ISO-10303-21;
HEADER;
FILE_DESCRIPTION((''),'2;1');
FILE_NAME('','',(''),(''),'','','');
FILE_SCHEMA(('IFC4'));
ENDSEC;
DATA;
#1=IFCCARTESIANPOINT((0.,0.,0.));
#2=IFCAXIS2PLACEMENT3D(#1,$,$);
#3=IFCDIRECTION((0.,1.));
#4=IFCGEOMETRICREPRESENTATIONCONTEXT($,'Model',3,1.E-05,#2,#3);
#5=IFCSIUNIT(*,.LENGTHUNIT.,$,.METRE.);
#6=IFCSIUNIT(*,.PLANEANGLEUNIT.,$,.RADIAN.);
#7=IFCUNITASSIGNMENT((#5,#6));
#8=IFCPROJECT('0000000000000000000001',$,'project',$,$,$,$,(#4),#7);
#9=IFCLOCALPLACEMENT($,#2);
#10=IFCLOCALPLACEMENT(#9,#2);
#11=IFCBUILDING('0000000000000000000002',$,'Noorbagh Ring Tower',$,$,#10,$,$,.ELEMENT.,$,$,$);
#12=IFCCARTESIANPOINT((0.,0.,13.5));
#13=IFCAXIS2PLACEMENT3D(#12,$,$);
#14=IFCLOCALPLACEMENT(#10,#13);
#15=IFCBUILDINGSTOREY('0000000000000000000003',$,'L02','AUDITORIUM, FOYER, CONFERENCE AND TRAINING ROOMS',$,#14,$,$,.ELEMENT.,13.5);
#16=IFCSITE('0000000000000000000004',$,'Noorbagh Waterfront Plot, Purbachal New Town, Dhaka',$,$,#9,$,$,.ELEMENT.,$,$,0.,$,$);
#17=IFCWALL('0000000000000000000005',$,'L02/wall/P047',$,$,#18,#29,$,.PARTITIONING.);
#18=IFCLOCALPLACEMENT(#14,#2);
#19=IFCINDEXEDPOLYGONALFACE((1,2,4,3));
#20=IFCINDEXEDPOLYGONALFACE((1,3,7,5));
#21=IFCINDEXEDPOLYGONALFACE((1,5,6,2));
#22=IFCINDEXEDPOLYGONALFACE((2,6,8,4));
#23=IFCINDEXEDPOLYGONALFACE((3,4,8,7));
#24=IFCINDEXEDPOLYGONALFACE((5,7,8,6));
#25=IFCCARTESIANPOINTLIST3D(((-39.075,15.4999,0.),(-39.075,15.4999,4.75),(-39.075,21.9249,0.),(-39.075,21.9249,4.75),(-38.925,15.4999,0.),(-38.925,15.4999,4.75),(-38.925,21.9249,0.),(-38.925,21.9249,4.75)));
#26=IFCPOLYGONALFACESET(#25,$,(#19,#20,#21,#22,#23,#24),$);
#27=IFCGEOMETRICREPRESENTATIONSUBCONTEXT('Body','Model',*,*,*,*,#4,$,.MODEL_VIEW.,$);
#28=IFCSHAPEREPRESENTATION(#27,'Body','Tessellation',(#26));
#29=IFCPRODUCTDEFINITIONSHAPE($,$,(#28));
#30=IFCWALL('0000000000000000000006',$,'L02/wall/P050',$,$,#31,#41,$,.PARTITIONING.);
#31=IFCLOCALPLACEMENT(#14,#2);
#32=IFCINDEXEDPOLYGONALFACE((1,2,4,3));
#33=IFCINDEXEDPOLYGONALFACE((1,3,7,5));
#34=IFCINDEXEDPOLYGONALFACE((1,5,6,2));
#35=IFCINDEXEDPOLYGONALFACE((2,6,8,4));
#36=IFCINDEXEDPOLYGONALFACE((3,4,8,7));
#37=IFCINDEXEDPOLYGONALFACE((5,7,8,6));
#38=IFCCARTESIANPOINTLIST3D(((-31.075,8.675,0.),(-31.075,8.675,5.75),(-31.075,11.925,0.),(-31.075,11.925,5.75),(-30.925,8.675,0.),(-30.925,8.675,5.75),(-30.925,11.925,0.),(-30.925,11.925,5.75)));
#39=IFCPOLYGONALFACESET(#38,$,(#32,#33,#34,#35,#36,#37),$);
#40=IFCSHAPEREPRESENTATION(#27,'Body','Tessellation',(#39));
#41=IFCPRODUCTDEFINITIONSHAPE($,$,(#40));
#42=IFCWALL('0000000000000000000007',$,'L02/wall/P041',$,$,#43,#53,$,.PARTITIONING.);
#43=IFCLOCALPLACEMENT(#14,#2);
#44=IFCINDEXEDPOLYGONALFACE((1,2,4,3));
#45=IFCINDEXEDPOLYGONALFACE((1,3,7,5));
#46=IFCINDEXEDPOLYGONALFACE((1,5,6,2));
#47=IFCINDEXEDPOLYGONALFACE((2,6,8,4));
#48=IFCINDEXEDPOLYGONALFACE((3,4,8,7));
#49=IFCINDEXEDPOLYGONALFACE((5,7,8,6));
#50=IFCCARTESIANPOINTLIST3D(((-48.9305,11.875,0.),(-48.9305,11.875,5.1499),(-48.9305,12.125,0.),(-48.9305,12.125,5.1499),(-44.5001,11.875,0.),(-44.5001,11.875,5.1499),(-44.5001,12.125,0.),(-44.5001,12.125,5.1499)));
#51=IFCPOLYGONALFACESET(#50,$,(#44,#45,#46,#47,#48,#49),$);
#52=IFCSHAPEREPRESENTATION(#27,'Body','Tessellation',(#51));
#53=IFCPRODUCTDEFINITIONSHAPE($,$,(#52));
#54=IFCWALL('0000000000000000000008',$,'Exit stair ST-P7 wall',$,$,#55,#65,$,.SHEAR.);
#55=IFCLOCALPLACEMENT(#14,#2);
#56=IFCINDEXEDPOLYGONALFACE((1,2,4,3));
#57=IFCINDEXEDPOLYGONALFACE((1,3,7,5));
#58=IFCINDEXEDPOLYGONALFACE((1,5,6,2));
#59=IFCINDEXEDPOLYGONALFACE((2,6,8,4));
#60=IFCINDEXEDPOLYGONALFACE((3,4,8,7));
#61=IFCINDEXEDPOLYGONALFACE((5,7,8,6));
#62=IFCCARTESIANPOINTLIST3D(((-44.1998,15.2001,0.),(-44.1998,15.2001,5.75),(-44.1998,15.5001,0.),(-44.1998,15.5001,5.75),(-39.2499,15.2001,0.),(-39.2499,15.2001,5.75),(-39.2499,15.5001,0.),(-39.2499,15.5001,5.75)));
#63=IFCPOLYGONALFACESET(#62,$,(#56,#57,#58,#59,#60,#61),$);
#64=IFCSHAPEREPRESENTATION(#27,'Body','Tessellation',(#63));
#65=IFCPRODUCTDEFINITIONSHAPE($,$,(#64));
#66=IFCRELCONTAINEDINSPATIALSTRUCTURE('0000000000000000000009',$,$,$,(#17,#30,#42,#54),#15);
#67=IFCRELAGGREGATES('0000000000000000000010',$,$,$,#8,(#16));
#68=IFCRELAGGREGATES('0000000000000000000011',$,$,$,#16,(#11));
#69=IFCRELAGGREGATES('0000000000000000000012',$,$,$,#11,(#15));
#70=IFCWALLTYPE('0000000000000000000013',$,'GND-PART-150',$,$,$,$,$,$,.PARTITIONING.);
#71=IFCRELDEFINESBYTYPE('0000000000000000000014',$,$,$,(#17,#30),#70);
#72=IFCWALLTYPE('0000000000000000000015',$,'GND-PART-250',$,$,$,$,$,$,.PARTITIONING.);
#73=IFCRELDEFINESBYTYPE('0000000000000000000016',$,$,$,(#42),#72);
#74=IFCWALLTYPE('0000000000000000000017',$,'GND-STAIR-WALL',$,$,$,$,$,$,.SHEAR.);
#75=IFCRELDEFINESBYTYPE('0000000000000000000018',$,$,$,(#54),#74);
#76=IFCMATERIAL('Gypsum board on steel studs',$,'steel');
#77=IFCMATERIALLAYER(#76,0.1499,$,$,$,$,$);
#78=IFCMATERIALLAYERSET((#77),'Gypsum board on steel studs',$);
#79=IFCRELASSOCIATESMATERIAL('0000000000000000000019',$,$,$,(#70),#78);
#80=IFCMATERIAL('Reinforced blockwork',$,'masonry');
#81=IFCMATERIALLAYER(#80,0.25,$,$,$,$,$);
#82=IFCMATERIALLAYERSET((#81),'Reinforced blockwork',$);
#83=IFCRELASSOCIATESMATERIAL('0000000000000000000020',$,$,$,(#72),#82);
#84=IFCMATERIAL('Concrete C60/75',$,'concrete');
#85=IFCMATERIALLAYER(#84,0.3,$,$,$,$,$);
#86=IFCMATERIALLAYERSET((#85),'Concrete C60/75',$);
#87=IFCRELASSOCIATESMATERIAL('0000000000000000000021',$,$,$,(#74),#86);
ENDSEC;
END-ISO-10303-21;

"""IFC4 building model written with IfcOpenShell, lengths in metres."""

from ifc_helpers import new_model, si_unit, direction, frame, frame_2d, origin, place, context, subcontext, project, spatial, rectangle, extrude, material, layer, layer_set, type_object, element, save


model = new_model("IFC4")

# Units and contexts
model_context = context("Model", 3, precision=1e-05, world=origin(), true_north=direction((0.0, 1.0)))
body_context = subcontext(model_context, "Body", "Model", "MODEL_VIEW")
ifc_project = project(units=[si_unit("LENGTHUNIT", "METRE"), si_unit("PLANEANGLEUNIT", "RADIAN")], contexts=[model_context])

# Site, building, storey
site_placement = place(None, origin())
site = spatial("IfcSite", under=ifc_project, at=site_placement, Name="Noorbagh Waterfront Plot, Purbachal New Town, Dhaka", CompositionType="ELEMENT", RefElevation=0.0)
building_placement = place(site_placement, origin())
building = spatial("IfcBuilding", under=site, at=building_placement, Name="Noorbagh Ring Tower", CompositionType="ELEMENT")
storey_placement = place(building_placement, frame((0.0, 0.0, 13.5)))
storey = spatial("IfcBuildingStorey", under=building, at=storey_placement, Name="L02", Description="AUDITORIUM, FOYER, CONFERENCE AND TRAINING ROOMS", CompositionType="ELEMENT", Elevation=13.5)

# Walls
ifc_material_1 = material(Name="Gypsum board on steel studs", Category="steel")
ifc_layer_1 = layer(ifc_material_1, 0.1499)
ifc_layer_set_1 = layer_set([ifc_layer_1], Name="Gypsum board on steel studs")
wall_type_1 = type_object("IfcWallType", Name="GND-PART-150", PredefinedType="PARTITIONING", material=ifc_layer_set_1)
wall_1_placement = place(storey_placement, frame((-39.0, 15.5, 0.0), z_axis=(0.0, 0.0, 1.0), x_axis=(0.0, 1.0, 0.0)))
element("IfcWall", 1, at=wall_1_placement, inside=storey, type_object=wall_type_1, Name="L02/wall/P047", PredefinedType="PARTITIONING", context=body_context, shape_type="SweptSolid", body=[
    extrude(rectangle(XDim=6.425, YDim=0.1499, at=frame_2d((3.2124, 0.0))), origin(), (0.0, 0.0, 1.0), 4.75),
])
wall_2_placement = place(storey_placement, frame((-31.0, 11.925, 0.0), z_axis=(0.0, 0.0, 1.0), x_axis=(0.0, -1.0, 0.0)))
element("IfcWall", 2, at=wall_2_placement, inside=storey, type_object=wall_type_1, Name="L02/wall/P050", PredefinedType="PARTITIONING", context=body_context, shape_type="SweptSolid", body=[
    extrude(rectangle(XDim=3.25, YDim=0.1499, at=frame_2d((1.625, 0.0))), origin(), (0.0, 0.0, 1.0), 5.75),
])
ifc_material_2 = material(Name="Reinforced blockwork", Category="masonry")
ifc_layer_2 = layer(ifc_material_2, 0.25)
ifc_layer_set_2 = layer_set([ifc_layer_2], Name="Reinforced blockwork")
wall_type_2 = type_object("IfcWallType", Name="GND-PART-250", PredefinedType="PARTITIONING", material=ifc_layer_set_2)
wall_3_placement = place(storey_placement, frame((-44.5, 12.0, 0.0), z_axis=(0.0, 0.0, 1.0), x_axis=(-1.0, 0.0, 0.0)))
element("IfcWall", 3, at=wall_3_placement, inside=storey, type_object=wall_type_2, Name="L02/wall/P041", PredefinedType="PARTITIONING", context=body_context, shape_type="SweptSolid", body=[
    extrude(rectangle(XDim=4.4304, YDim=0.25, at=frame_2d((2.2153, 0.0))), origin(), (0.0, 0.0, 1.0), 5.1499),
])
ifc_material_3 = material(Name="Concrete C60/75", Category="concrete")
ifc_layer_3 = layer(ifc_material_3, 0.3)
ifc_layer_set_3 = layer_set([ifc_layer_3], Name="Concrete C60/75")
wall_type_3 = type_object("IfcWallType", Name="GND-STAIR-WALL", PredefinedType="SHEAR", material=ifc_layer_set_3)
wall_4_placement = place(storey_placement, frame((-44.2, 15.3501, 0.0), z_axis=(0.0, 0.0, 1.0), x_axis=(1.0, 0.0, 0.0)))
element("IfcWall", 4, at=wall_4_placement, inside=storey, type_object=wall_type_3, Name="Exit stair ST-P7 wall", PredefinedType="SHEAR", context=body_context, shape_type="SweptSolid", body=[
    extrude(rectangle(XDim=4.95, YDim=0.3, at=frame_2d((2.4751, 0.0))), origin(), (0.0, 0.0, 1.0), 5.75),
])

save(model, "model.ifc")
